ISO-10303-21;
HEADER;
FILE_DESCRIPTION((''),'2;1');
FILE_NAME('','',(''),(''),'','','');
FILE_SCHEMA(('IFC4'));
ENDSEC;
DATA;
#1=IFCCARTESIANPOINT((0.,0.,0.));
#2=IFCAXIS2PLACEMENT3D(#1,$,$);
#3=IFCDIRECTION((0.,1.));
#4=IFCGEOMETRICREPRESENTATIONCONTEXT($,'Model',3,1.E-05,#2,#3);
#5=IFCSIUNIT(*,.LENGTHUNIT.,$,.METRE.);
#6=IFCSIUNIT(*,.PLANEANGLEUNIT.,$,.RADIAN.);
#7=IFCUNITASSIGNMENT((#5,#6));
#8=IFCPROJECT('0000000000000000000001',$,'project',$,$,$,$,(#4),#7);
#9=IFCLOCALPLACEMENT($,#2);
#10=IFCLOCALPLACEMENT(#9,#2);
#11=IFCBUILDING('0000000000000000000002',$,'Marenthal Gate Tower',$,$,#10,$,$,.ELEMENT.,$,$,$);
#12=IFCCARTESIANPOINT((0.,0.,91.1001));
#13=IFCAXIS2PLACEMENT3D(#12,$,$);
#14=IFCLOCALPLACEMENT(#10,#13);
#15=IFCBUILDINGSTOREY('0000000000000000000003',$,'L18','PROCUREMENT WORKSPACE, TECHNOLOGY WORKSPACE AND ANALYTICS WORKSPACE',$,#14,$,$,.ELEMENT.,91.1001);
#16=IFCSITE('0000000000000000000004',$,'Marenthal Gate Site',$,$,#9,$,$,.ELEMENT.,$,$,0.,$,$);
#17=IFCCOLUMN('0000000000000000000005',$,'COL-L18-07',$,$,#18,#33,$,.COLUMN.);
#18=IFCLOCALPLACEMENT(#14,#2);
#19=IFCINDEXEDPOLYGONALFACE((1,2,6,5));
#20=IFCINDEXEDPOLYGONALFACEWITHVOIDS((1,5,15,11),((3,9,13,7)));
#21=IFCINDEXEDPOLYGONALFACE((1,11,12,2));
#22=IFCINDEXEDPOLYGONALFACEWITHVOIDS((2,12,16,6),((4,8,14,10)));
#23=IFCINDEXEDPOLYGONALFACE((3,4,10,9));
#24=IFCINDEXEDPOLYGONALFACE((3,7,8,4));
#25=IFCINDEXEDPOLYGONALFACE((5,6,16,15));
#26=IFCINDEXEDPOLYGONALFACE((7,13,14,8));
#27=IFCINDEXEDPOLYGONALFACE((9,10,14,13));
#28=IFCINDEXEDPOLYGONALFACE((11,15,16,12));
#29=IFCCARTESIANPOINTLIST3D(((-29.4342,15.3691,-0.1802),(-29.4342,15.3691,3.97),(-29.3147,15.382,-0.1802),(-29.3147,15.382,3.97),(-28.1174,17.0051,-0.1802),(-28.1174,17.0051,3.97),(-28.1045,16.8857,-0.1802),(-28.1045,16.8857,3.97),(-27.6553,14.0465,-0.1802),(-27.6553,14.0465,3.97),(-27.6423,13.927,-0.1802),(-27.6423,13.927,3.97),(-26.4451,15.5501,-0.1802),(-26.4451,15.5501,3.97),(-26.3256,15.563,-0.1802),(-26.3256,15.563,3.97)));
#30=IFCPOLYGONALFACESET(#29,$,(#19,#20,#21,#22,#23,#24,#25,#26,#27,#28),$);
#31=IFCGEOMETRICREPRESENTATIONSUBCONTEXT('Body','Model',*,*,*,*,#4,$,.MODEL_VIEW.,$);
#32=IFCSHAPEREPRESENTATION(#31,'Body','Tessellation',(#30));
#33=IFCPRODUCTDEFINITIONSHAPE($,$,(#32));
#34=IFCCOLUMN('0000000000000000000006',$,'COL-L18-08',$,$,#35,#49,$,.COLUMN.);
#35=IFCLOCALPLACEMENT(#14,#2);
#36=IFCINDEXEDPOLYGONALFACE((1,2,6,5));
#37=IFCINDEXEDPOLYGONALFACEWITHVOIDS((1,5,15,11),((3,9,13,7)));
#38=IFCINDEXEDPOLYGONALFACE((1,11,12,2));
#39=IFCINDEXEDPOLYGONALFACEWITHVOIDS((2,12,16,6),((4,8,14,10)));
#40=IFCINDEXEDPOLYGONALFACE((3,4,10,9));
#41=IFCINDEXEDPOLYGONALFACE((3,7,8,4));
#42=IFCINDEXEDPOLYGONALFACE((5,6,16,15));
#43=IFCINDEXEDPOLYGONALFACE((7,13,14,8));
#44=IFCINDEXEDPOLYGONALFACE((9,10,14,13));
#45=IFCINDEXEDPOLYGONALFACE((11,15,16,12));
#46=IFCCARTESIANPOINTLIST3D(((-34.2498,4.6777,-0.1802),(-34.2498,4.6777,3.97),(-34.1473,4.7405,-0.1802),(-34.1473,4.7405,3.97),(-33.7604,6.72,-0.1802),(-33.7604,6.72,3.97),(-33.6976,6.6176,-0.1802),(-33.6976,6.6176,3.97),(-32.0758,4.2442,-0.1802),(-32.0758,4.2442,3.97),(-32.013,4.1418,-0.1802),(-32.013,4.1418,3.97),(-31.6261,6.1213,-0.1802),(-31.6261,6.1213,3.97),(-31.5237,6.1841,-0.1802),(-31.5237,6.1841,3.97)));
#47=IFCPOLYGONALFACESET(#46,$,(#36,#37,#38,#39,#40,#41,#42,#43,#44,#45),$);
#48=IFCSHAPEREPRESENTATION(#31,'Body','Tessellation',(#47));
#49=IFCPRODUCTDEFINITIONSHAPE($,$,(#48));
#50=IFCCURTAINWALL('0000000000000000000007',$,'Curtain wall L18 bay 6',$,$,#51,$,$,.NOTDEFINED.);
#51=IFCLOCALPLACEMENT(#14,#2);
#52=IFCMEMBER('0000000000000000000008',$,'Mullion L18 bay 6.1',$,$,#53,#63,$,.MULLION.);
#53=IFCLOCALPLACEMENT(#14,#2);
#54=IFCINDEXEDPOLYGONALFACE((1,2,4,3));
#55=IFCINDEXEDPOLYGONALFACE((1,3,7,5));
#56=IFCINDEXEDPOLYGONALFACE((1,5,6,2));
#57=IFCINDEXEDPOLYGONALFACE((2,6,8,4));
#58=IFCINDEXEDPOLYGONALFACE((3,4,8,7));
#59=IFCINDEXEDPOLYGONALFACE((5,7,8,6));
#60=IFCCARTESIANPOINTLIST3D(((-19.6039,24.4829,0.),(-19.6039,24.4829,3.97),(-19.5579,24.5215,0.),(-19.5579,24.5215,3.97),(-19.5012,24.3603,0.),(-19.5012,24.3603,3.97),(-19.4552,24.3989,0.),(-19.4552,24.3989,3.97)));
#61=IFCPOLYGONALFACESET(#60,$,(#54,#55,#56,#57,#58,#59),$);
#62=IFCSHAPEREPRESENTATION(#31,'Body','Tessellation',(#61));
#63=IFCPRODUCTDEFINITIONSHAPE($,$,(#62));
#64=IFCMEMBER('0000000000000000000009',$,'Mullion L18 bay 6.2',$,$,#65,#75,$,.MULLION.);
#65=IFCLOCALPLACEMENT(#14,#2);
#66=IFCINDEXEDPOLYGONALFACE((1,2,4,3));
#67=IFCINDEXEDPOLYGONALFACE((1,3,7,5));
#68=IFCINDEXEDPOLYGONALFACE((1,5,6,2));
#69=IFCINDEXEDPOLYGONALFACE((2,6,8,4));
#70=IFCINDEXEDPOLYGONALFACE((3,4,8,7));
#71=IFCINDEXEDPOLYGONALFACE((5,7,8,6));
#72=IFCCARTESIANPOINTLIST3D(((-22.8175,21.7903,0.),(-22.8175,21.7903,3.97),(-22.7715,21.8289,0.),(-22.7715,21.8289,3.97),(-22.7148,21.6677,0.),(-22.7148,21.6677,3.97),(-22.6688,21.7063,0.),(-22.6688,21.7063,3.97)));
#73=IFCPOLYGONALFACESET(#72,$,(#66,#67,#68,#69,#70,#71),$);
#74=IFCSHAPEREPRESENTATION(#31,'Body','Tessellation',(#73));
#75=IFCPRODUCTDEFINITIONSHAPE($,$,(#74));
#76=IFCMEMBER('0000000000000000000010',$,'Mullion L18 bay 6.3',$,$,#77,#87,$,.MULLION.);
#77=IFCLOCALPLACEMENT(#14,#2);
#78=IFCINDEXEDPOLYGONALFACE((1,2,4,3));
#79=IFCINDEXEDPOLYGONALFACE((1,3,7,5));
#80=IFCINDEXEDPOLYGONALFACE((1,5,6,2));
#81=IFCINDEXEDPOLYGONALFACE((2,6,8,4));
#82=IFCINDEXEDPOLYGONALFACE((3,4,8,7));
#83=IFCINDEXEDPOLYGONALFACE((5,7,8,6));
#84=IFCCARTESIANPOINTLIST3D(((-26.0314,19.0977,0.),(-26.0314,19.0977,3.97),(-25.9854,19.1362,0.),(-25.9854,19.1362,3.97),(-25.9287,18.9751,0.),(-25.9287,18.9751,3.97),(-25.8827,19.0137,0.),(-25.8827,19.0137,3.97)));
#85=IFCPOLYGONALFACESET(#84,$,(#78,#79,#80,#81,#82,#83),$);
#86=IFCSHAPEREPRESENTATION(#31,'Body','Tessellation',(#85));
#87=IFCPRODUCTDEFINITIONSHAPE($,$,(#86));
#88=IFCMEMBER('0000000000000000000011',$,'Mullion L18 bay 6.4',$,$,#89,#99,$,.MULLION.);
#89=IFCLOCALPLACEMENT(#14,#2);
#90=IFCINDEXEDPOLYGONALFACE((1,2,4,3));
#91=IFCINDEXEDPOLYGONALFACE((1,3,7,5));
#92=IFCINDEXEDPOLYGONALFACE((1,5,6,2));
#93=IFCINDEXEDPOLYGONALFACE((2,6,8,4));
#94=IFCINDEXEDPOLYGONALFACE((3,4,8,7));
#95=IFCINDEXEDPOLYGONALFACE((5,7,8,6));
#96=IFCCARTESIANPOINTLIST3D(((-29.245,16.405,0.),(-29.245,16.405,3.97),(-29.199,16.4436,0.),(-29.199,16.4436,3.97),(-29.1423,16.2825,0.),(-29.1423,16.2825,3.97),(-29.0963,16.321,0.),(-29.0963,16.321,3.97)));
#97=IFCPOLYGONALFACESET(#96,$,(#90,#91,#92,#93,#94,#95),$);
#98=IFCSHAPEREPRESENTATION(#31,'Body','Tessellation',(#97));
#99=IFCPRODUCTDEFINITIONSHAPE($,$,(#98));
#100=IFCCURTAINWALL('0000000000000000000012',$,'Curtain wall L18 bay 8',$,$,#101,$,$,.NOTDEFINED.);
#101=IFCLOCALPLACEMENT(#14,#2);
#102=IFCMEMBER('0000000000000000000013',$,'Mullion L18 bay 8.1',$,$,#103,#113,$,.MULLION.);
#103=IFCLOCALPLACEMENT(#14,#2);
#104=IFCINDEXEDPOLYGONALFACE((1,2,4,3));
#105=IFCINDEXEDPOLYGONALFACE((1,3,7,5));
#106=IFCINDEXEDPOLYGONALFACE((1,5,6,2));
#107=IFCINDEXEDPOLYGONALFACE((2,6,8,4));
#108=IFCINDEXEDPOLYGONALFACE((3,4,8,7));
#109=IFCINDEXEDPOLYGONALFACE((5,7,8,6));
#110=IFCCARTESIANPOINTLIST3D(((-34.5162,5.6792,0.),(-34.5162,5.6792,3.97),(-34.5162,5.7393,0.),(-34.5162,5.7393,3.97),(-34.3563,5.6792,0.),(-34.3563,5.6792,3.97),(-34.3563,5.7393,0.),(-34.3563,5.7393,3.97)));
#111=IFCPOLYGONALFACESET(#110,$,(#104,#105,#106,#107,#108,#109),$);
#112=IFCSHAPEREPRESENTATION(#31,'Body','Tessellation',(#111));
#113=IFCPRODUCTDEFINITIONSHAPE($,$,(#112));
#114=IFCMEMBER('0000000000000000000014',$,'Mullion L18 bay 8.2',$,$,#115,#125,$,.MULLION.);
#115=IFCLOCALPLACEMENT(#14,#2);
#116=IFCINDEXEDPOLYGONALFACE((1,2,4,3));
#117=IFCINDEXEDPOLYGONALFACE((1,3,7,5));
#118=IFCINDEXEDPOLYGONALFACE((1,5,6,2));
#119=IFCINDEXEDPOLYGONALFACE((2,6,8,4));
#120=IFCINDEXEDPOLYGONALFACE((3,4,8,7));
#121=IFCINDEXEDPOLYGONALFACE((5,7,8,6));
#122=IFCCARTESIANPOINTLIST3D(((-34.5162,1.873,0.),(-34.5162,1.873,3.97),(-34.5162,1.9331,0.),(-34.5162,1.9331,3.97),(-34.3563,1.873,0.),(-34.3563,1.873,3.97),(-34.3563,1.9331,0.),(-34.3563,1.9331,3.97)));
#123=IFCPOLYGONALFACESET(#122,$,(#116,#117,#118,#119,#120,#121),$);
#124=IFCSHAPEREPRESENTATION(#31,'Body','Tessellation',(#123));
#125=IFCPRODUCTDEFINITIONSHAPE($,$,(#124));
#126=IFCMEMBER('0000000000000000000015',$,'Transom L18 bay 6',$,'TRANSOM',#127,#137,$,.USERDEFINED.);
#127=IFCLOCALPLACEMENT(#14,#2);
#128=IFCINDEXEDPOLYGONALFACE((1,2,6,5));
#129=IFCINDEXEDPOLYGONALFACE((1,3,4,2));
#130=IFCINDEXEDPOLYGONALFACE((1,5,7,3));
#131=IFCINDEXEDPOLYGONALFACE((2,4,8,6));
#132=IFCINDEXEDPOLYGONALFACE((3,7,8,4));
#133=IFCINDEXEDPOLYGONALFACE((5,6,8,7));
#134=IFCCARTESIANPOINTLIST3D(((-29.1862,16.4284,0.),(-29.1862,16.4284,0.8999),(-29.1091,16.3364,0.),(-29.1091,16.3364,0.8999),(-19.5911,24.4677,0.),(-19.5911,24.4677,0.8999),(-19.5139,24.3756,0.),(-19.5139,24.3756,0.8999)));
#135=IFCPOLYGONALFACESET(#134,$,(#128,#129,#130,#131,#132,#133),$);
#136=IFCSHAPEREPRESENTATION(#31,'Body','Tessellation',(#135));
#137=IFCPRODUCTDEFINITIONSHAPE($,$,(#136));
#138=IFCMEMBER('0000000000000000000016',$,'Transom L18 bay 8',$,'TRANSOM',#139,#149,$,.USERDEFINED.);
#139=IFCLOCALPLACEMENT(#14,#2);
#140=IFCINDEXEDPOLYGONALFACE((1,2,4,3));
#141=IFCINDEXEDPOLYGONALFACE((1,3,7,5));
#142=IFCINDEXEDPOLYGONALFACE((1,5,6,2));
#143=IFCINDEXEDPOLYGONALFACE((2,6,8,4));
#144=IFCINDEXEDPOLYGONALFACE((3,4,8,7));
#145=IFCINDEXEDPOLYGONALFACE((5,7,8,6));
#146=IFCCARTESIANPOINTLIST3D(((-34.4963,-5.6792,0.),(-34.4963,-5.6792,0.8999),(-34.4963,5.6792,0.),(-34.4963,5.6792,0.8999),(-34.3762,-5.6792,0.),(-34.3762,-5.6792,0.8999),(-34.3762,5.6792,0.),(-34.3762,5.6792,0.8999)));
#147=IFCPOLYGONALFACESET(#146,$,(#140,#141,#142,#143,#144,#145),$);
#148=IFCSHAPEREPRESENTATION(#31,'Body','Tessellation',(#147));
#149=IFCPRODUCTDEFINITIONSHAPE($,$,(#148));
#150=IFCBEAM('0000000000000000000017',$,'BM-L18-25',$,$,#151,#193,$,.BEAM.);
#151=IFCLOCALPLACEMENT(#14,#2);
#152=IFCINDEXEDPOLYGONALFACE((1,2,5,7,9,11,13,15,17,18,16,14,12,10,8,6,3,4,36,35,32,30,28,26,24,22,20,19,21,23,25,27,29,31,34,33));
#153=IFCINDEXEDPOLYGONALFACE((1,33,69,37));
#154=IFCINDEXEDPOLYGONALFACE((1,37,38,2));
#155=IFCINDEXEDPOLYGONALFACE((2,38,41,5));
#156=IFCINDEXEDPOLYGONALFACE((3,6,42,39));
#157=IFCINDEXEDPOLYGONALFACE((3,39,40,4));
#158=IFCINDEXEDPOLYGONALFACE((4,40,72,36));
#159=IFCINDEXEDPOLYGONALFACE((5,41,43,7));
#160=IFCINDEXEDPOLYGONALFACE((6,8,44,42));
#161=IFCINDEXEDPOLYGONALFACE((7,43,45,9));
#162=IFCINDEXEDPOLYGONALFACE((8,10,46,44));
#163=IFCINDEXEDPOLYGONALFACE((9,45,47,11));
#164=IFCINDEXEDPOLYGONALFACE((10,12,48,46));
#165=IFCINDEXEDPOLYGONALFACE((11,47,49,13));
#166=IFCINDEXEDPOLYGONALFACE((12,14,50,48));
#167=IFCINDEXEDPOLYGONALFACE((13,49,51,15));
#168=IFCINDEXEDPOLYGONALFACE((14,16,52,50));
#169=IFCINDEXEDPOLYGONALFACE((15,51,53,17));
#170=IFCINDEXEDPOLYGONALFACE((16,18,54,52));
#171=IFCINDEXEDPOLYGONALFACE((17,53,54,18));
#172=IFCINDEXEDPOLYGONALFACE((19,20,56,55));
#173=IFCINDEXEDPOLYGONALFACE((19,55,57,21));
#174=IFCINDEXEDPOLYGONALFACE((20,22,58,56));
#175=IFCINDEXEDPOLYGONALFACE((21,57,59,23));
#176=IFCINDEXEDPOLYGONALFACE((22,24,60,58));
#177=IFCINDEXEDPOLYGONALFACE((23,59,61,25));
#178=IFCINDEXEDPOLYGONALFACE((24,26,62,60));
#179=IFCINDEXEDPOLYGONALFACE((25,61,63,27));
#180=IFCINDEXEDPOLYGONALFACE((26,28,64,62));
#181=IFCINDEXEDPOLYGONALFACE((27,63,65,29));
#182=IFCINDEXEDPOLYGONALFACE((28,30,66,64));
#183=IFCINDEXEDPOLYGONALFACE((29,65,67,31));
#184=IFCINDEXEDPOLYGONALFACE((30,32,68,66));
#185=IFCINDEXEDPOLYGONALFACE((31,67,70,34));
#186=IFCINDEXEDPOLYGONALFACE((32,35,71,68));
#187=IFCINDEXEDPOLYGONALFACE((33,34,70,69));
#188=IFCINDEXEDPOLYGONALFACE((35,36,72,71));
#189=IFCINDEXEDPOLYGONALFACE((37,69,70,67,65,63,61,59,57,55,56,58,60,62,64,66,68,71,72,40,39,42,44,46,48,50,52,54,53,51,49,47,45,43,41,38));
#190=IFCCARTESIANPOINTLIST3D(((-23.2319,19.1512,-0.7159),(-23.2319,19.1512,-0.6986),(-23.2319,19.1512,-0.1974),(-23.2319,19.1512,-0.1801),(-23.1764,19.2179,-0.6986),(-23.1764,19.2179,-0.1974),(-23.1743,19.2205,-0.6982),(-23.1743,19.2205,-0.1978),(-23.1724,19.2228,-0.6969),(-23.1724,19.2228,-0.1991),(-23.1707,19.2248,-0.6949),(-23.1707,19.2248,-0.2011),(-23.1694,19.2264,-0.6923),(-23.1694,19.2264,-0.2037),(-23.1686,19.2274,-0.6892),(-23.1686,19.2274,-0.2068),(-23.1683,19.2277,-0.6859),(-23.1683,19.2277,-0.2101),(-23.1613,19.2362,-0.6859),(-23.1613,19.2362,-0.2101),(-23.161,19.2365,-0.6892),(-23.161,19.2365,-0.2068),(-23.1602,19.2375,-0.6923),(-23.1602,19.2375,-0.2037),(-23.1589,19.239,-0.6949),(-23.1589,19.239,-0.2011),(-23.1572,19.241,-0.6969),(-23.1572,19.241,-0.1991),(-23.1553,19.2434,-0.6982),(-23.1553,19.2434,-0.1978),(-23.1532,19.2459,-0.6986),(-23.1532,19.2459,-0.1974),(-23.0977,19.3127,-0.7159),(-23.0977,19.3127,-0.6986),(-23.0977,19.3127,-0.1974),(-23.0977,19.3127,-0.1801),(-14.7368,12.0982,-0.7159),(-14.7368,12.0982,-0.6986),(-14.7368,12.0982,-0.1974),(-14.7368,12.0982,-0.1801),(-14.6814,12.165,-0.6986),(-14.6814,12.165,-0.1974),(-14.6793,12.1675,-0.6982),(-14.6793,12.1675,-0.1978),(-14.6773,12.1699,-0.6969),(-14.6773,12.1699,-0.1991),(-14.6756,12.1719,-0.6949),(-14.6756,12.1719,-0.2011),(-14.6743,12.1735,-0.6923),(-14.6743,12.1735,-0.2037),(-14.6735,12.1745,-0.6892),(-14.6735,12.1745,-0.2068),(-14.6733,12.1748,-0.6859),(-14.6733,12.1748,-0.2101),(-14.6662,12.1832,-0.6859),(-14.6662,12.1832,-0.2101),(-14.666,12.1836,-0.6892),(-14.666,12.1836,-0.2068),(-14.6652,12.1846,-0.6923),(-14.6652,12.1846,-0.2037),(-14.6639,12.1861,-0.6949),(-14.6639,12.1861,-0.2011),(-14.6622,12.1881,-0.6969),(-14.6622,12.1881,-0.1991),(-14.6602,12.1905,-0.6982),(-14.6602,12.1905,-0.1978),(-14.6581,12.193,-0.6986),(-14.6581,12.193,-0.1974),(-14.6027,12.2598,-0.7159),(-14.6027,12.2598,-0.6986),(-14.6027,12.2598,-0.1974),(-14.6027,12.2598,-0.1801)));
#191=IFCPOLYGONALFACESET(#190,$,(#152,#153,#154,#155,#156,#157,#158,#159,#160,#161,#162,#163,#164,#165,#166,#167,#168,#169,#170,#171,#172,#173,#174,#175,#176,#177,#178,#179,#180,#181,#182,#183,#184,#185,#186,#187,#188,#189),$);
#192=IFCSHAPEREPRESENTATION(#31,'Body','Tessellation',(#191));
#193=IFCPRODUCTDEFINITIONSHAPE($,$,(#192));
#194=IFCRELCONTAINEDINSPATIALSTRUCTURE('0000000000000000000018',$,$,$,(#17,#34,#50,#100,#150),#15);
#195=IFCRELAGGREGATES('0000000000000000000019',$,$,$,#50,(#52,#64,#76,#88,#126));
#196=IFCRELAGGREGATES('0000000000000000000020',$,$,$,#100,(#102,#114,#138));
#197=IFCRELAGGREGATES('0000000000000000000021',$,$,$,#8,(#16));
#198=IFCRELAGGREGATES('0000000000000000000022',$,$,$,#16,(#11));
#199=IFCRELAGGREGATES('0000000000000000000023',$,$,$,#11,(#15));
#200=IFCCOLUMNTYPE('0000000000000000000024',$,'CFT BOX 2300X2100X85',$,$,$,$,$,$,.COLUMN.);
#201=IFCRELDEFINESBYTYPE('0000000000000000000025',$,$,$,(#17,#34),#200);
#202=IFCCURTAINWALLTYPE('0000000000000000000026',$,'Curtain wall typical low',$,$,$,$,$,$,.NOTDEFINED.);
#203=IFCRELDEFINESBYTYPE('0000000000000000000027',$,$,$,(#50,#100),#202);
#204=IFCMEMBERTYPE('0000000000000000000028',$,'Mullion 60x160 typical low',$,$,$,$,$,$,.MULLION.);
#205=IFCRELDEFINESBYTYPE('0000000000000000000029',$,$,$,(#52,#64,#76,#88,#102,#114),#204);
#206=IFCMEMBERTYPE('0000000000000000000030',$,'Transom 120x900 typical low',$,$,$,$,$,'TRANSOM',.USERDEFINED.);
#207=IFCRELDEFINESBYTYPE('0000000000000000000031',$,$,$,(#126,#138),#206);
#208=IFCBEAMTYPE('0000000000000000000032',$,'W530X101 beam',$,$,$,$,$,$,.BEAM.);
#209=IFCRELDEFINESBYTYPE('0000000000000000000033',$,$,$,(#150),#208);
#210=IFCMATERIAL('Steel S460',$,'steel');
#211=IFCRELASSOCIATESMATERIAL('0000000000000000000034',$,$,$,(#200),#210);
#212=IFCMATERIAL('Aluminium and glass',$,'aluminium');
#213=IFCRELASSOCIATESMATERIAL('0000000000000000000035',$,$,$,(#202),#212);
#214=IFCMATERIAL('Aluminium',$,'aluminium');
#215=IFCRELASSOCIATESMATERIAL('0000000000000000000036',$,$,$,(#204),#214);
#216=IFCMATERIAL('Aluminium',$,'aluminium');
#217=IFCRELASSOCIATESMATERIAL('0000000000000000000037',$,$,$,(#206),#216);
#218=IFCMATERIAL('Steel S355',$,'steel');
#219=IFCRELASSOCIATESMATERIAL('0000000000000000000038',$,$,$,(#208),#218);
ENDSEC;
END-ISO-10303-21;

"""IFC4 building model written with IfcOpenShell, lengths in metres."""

from ifc_helpers import new_model, si_unit, direction, frame, origin, origin_2d, place, context, subcontext, project, spatial, rectangle, hollow_rectangle, i_section, extrude, material, material_profile, profile_set, type_object, element, aggregate, save


model = new_model("IFC4")

# Units and contexts
model_context = context("Model", 3, precision=1e-05, world=origin(), true_north=direction((0.0, 1.0)))
body_context = subcontext(model_context, "Body", "Model", "MODEL_VIEW")
ifc_project = project(units=[si_unit("LENGTHUNIT", "METRE"), si_unit("PLANEANGLEUNIT", "RADIAN")], contexts=[model_context])

# Site, building, storey
site_placement = place(None, origin())
site = spatial("IfcSite", under=ifc_project, at=site_placement, Name="Marenthal Gate Site", CompositionType="ELEMENT", RefElevation=0.0)
building_placement = place(site_placement, origin())
building = spatial("IfcBuilding", under=site, at=building_placement, Name="Marenthal Gate Tower", CompositionType="ELEMENT")
storey_placement = place(building_placement, frame((0.0, 0.0, 91.1001)))
storey = spatial("IfcBuildingStorey", under=building, at=storey_placement, Name="L18", Description="PROCUREMENT WORKSPACE, TECHNOLOGY WORKSPACE AND ANALYTICS WORKSPACE", CompositionType="ELEMENT", Elevation=91.1001)

# Columns
ifc_material_1 = material(Name="Steel S460", Category="steel")
ifc_material_profile_1 = material_profile(ifc_material_1, hollow_rectangle(XDim=2.1001, YDim=2.3, WallThickness=0.085, at=origin_2d()), Name="CFT BOX 2300X2100X85")
ifc_material_2 = material(Name="Concrete 70 MPa", Category="concrete")
ifc_material_profile_2 = material_profile(ifc_material_2, rectangle(XDim=1.9299, YDim=2.1299, at=origin_2d()), Name="CFT BOX 2300X2100X85 INFILL")
ifc_profile_set_1 = profile_set([ifc_material_profile_1, ifc_material_profile_2], Name="Steel S460 shell, Concrete 70 MPa infill")
column_type = type_object("IfcColumnType", Name="CFT BOX 2300X2100X85", PredefinedType="COLUMN", material=ifc_profile_set_1)
for number, where, z_axis, x_axis, name in (
    (1, (-27.8799, 15.4661, -0.1802), (0.0, 0.0, 1.0), (0.626985, 0.779032, 0.0), "COL-L18-07"),
    (2, (-32.8867, 5.4309, -0.1802), (0.0, 0.0, 1.0), (0.232997, 0.972477, 0.0), "COL-L18-08"),
):
    element("IfcColumn", number, at=place(storey_placement, frame(where, z_axis=z_axis, x_axis=x_axis)), inside=storey, type_object=column_type, Name=name, PredefinedType="COLUMN", context=body_context, shape_type="SweptSolid", body=[
        extrude(hollow_rectangle(XDim=2.1001, YDim=2.3, WallThickness=0.085, at=origin_2d()), origin(), (0.0, 0.0, 1.0), 4.1501),
    ])

# Curtain walls, members
ifc_material_3 = material(Name="Aluminium and glass", Category="aluminium")
curtain_wall_type = type_object("IfcCurtainWallType", Name="Curtain wall typical low", PredefinedType="NOTDEFINED", material=ifc_material_3)
curtain_wall_1_placement = place(storey_placement, origin())
curtain_wall_1 = element("IfcCurtainWall", 3, at=curtain_wall_1_placement, inside=storey, type_object=curtain_wall_type, Name="Curtain wall L18 bay 6", PredefinedType="NOTDEFINED")
ifc_material_4 = material(Name="Aluminium", Category="aluminium")
ifc_material_profile_3 = material_profile(ifc_material_4, rectangle(XDim=0.1599, YDim=0.0601, at=origin_2d()), Name="60x160 aluminium mullion")
ifc_profile_set_2 = profile_set([ifc_material_profile_3], Name="Aluminium")
member_type_1 = type_object("IfcMemberType", Name="Mullion 60x160 typical low", PredefinedType="MULLION", material=ifc_profile_set_2)
member_1_placement = place(storey_placement, frame((-19.5295, 24.4409, 0.0), z_axis=(0.0, 0.0, 1.0), x_axis=(0.642228, -0.766513, 0.0)))
member_1 = element("IfcMember", 4, at=member_1_placement, type_object=member_type_1, Name="Mullion L18 bay 6.1", PredefinedType="MULLION", context=body_context, shape_type="SweptSolid", body=[
    extrude(rectangle(XDim=0.1599, YDim=0.0601, at=origin_2d()), origin(), (0.0, 0.0, 1.0), 3.97),
])
member_2_placement = place(storey_placement, frame((-22.7432, 21.7483, 0.0), z_axis=(0.0, 0.0, 1.0), x_axis=(0.642228, -0.766513, 0.0)))
member_2 = element("IfcMember", 5, at=member_2_placement, type_object=member_type_1, Name="Mullion L18 bay 6.2", PredefinedType="MULLION", context=body_context, shape_type="SweptSolid", body=[
    extrude(rectangle(XDim=0.1599, YDim=0.0601, at=origin_2d()), origin(), (0.0, 0.0, 1.0), 3.97),
])
member_3_placement = place(storey_placement, frame((-25.957, 19.0557, 0.0), z_axis=(0.0, 0.0, 1.0), x_axis=(0.642228, -0.766513, 0.0)))
member_3 = element("IfcMember", 6, at=member_3_placement, type_object=member_type_1, Name="Mullion L18 bay 6.3", PredefinedType="MULLION", context=body_context, shape_type="SweptSolid", body=[
    extrude(rectangle(XDim=0.1599, YDim=0.0601, at=origin_2d()), origin(), (0.0, 0.0, 1.0), 3.97),
])
member_4_placement = place(storey_placement, frame((-29.1707, 16.363, 0.0), z_axis=(0.0, 0.0, 1.0), x_axis=(0.642228, -0.766513, 0.0)))
member_4 = element("IfcMember", 7, at=member_4_placement, type_object=member_type_1, Name="Mullion L18 bay 6.4", PredefinedType="MULLION", context=body_context, shape_type="SweptSolid", body=[
    extrude(rectangle(XDim=0.1599, YDim=0.0601, at=origin_2d()), origin(), (0.0, 0.0, 1.0), 3.97),
])
curtain_wall_2_placement = place(storey_placement, origin())
curtain_wall_2 = element("IfcCurtainWall", 8, at=curtain_wall_2_placement, inside=storey, type_object=curtain_wall_type, Name="Curtain wall L18 bay 8", PredefinedType="NOTDEFINED")
member_5_placement = place(storey_placement, frame((-34.4363, 5.7092, 0.0), z_axis=(0.0, 0.0, 1.0), x_axis=(1.0, 0.0, 0.0)))
member_5 = element("IfcMember", 9, at=member_5_placement, type_object=member_type_1, Name="Mullion L18 bay 8.1", PredefinedType="MULLION", context=body_context, shape_type="SweptSolid", body=[
    extrude(rectangle(XDim=0.1599, YDim=0.0601, at=origin_2d()), origin(), (0.0, 0.0, 1.0), 3.97),
])
member_6_placement = place(storey_placement, frame((-34.4363, 1.9031, 0.0), z_axis=(0.0, 0.0, 1.0), x_axis=(1.0, 0.0, 0.0)))
member_6 = element("IfcMember", 10, at=member_6_placement, type_object=member_type_1, Name="Mullion L18 bay 8.2", PredefinedType="MULLION", context=body_context, shape_type="SweptSolid", body=[
    extrude(rectangle(XDim=0.1599, YDim=0.0601, at=origin_2d()), origin(), (0.0, 0.0, 1.0), 3.97),
])

# Members
ifc_material_5 = material(Name="Aluminium", Category="aluminium")
ifc_material_profile_4 = material_profile(ifc_material_5, rectangle(XDim=0.1201, YDim=0.8999, at=origin_2d()), Name="120x900 aluminium transom")
ifc_profile_set_3 = profile_set([ifc_material_profile_4], Name="Aluminium")
member_type_2 = type_object("IfcMemberType", Name="Transom 120x900 typical low", ElementType="TRANSOM", PredefinedType="USERDEFINED", material=ifc_profile_set_3)
member_7_placement = place(storey_placement, frame((-19.5525, 24.4216, 0.45), z_axis=(-0.766518, -0.642223, 0.0), x_axis=(0.642223, -0.766518, 0.0)))
member_7 = element("IfcMember", 11, at=member_7_placement, type_object=member_type_2, Name="Transom L18 bay 6", ObjectType="TRANSOM", PredefinedType="USERDEFINED", context=body_context, shape_type="SweptSolid", body=[
    extrude(rectangle(XDim=0.1201, YDim=0.8999, at=origin_2d()), origin(), (0.0, 0.0, 1.0), 12.5178),
])
member_8_placement = place(storey_placement, frame((-34.4363, 5.6792, 0.45), z_axis=(0.0, -1.0, 0.0), x_axis=(1.0, 0.0, 0.0)))
member_8 = element("IfcMember", 12, at=member_8_placement, type_object=member_type_2, Name="Transom L18 bay 8", ObjectType="TRANSOM", PredefinedType="USERDEFINED", context=body_context, shape_type="SweptSolid", body=[
    extrude(rectangle(XDim=0.1201, YDim=0.8999, at=origin_2d()), origin(), (0.0, 0.0, 1.0), 11.3584),
])

# Beam
ifc_material_6 = material(Name="Steel S355", Category="steel")
ifc_material_profile_5 = material_profile(ifc_material_6, i_section(OverallWidth=0.21, OverallDepth=0.5359, WebThickness=0.011, FlangeThickness=0.0173, FilletRadius=0.0127, at=origin_2d()), Name="W530X101")
ifc_profile_set_4 = profile_set([ifc_material_profile_5], Name="Steel S355")
beam_type_1 = type_object("IfcBeamType", Name="W530X101 beam", PredefinedType="BEAM", material=ifc_profile_set_4)
beam_1_placement = place(storey_placement, frame((-23.1648, 19.2319, -0.448), z_axis=(0.769391, -0.638778, 0.0), x_axis=(0.638778, 0.769391, 0.0)))
element("IfcBeam", 13, at=beam_1_placement, inside=storey, type_object=beam_type_1, Name="BM-L18-25", PredefinedType="BEAM", context=body_context, shape_type="SweptSolid", body=[
    extrude(i_section(OverallWidth=0.21, OverallDepth=0.5359, WebThickness=0.011, FlangeThickness=0.0173, FilletRadius=0.0127, at=origin_2d()), origin(), (0.0, 0.0, 1.0), 11.0413),
])

aggregate(curtain_wall_1, [member_1, member_2, member_3, member_4, member_7])
aggregate(curtain_wall_2, [member_5, member_6, member_8])

save(model, "model.ifc")
